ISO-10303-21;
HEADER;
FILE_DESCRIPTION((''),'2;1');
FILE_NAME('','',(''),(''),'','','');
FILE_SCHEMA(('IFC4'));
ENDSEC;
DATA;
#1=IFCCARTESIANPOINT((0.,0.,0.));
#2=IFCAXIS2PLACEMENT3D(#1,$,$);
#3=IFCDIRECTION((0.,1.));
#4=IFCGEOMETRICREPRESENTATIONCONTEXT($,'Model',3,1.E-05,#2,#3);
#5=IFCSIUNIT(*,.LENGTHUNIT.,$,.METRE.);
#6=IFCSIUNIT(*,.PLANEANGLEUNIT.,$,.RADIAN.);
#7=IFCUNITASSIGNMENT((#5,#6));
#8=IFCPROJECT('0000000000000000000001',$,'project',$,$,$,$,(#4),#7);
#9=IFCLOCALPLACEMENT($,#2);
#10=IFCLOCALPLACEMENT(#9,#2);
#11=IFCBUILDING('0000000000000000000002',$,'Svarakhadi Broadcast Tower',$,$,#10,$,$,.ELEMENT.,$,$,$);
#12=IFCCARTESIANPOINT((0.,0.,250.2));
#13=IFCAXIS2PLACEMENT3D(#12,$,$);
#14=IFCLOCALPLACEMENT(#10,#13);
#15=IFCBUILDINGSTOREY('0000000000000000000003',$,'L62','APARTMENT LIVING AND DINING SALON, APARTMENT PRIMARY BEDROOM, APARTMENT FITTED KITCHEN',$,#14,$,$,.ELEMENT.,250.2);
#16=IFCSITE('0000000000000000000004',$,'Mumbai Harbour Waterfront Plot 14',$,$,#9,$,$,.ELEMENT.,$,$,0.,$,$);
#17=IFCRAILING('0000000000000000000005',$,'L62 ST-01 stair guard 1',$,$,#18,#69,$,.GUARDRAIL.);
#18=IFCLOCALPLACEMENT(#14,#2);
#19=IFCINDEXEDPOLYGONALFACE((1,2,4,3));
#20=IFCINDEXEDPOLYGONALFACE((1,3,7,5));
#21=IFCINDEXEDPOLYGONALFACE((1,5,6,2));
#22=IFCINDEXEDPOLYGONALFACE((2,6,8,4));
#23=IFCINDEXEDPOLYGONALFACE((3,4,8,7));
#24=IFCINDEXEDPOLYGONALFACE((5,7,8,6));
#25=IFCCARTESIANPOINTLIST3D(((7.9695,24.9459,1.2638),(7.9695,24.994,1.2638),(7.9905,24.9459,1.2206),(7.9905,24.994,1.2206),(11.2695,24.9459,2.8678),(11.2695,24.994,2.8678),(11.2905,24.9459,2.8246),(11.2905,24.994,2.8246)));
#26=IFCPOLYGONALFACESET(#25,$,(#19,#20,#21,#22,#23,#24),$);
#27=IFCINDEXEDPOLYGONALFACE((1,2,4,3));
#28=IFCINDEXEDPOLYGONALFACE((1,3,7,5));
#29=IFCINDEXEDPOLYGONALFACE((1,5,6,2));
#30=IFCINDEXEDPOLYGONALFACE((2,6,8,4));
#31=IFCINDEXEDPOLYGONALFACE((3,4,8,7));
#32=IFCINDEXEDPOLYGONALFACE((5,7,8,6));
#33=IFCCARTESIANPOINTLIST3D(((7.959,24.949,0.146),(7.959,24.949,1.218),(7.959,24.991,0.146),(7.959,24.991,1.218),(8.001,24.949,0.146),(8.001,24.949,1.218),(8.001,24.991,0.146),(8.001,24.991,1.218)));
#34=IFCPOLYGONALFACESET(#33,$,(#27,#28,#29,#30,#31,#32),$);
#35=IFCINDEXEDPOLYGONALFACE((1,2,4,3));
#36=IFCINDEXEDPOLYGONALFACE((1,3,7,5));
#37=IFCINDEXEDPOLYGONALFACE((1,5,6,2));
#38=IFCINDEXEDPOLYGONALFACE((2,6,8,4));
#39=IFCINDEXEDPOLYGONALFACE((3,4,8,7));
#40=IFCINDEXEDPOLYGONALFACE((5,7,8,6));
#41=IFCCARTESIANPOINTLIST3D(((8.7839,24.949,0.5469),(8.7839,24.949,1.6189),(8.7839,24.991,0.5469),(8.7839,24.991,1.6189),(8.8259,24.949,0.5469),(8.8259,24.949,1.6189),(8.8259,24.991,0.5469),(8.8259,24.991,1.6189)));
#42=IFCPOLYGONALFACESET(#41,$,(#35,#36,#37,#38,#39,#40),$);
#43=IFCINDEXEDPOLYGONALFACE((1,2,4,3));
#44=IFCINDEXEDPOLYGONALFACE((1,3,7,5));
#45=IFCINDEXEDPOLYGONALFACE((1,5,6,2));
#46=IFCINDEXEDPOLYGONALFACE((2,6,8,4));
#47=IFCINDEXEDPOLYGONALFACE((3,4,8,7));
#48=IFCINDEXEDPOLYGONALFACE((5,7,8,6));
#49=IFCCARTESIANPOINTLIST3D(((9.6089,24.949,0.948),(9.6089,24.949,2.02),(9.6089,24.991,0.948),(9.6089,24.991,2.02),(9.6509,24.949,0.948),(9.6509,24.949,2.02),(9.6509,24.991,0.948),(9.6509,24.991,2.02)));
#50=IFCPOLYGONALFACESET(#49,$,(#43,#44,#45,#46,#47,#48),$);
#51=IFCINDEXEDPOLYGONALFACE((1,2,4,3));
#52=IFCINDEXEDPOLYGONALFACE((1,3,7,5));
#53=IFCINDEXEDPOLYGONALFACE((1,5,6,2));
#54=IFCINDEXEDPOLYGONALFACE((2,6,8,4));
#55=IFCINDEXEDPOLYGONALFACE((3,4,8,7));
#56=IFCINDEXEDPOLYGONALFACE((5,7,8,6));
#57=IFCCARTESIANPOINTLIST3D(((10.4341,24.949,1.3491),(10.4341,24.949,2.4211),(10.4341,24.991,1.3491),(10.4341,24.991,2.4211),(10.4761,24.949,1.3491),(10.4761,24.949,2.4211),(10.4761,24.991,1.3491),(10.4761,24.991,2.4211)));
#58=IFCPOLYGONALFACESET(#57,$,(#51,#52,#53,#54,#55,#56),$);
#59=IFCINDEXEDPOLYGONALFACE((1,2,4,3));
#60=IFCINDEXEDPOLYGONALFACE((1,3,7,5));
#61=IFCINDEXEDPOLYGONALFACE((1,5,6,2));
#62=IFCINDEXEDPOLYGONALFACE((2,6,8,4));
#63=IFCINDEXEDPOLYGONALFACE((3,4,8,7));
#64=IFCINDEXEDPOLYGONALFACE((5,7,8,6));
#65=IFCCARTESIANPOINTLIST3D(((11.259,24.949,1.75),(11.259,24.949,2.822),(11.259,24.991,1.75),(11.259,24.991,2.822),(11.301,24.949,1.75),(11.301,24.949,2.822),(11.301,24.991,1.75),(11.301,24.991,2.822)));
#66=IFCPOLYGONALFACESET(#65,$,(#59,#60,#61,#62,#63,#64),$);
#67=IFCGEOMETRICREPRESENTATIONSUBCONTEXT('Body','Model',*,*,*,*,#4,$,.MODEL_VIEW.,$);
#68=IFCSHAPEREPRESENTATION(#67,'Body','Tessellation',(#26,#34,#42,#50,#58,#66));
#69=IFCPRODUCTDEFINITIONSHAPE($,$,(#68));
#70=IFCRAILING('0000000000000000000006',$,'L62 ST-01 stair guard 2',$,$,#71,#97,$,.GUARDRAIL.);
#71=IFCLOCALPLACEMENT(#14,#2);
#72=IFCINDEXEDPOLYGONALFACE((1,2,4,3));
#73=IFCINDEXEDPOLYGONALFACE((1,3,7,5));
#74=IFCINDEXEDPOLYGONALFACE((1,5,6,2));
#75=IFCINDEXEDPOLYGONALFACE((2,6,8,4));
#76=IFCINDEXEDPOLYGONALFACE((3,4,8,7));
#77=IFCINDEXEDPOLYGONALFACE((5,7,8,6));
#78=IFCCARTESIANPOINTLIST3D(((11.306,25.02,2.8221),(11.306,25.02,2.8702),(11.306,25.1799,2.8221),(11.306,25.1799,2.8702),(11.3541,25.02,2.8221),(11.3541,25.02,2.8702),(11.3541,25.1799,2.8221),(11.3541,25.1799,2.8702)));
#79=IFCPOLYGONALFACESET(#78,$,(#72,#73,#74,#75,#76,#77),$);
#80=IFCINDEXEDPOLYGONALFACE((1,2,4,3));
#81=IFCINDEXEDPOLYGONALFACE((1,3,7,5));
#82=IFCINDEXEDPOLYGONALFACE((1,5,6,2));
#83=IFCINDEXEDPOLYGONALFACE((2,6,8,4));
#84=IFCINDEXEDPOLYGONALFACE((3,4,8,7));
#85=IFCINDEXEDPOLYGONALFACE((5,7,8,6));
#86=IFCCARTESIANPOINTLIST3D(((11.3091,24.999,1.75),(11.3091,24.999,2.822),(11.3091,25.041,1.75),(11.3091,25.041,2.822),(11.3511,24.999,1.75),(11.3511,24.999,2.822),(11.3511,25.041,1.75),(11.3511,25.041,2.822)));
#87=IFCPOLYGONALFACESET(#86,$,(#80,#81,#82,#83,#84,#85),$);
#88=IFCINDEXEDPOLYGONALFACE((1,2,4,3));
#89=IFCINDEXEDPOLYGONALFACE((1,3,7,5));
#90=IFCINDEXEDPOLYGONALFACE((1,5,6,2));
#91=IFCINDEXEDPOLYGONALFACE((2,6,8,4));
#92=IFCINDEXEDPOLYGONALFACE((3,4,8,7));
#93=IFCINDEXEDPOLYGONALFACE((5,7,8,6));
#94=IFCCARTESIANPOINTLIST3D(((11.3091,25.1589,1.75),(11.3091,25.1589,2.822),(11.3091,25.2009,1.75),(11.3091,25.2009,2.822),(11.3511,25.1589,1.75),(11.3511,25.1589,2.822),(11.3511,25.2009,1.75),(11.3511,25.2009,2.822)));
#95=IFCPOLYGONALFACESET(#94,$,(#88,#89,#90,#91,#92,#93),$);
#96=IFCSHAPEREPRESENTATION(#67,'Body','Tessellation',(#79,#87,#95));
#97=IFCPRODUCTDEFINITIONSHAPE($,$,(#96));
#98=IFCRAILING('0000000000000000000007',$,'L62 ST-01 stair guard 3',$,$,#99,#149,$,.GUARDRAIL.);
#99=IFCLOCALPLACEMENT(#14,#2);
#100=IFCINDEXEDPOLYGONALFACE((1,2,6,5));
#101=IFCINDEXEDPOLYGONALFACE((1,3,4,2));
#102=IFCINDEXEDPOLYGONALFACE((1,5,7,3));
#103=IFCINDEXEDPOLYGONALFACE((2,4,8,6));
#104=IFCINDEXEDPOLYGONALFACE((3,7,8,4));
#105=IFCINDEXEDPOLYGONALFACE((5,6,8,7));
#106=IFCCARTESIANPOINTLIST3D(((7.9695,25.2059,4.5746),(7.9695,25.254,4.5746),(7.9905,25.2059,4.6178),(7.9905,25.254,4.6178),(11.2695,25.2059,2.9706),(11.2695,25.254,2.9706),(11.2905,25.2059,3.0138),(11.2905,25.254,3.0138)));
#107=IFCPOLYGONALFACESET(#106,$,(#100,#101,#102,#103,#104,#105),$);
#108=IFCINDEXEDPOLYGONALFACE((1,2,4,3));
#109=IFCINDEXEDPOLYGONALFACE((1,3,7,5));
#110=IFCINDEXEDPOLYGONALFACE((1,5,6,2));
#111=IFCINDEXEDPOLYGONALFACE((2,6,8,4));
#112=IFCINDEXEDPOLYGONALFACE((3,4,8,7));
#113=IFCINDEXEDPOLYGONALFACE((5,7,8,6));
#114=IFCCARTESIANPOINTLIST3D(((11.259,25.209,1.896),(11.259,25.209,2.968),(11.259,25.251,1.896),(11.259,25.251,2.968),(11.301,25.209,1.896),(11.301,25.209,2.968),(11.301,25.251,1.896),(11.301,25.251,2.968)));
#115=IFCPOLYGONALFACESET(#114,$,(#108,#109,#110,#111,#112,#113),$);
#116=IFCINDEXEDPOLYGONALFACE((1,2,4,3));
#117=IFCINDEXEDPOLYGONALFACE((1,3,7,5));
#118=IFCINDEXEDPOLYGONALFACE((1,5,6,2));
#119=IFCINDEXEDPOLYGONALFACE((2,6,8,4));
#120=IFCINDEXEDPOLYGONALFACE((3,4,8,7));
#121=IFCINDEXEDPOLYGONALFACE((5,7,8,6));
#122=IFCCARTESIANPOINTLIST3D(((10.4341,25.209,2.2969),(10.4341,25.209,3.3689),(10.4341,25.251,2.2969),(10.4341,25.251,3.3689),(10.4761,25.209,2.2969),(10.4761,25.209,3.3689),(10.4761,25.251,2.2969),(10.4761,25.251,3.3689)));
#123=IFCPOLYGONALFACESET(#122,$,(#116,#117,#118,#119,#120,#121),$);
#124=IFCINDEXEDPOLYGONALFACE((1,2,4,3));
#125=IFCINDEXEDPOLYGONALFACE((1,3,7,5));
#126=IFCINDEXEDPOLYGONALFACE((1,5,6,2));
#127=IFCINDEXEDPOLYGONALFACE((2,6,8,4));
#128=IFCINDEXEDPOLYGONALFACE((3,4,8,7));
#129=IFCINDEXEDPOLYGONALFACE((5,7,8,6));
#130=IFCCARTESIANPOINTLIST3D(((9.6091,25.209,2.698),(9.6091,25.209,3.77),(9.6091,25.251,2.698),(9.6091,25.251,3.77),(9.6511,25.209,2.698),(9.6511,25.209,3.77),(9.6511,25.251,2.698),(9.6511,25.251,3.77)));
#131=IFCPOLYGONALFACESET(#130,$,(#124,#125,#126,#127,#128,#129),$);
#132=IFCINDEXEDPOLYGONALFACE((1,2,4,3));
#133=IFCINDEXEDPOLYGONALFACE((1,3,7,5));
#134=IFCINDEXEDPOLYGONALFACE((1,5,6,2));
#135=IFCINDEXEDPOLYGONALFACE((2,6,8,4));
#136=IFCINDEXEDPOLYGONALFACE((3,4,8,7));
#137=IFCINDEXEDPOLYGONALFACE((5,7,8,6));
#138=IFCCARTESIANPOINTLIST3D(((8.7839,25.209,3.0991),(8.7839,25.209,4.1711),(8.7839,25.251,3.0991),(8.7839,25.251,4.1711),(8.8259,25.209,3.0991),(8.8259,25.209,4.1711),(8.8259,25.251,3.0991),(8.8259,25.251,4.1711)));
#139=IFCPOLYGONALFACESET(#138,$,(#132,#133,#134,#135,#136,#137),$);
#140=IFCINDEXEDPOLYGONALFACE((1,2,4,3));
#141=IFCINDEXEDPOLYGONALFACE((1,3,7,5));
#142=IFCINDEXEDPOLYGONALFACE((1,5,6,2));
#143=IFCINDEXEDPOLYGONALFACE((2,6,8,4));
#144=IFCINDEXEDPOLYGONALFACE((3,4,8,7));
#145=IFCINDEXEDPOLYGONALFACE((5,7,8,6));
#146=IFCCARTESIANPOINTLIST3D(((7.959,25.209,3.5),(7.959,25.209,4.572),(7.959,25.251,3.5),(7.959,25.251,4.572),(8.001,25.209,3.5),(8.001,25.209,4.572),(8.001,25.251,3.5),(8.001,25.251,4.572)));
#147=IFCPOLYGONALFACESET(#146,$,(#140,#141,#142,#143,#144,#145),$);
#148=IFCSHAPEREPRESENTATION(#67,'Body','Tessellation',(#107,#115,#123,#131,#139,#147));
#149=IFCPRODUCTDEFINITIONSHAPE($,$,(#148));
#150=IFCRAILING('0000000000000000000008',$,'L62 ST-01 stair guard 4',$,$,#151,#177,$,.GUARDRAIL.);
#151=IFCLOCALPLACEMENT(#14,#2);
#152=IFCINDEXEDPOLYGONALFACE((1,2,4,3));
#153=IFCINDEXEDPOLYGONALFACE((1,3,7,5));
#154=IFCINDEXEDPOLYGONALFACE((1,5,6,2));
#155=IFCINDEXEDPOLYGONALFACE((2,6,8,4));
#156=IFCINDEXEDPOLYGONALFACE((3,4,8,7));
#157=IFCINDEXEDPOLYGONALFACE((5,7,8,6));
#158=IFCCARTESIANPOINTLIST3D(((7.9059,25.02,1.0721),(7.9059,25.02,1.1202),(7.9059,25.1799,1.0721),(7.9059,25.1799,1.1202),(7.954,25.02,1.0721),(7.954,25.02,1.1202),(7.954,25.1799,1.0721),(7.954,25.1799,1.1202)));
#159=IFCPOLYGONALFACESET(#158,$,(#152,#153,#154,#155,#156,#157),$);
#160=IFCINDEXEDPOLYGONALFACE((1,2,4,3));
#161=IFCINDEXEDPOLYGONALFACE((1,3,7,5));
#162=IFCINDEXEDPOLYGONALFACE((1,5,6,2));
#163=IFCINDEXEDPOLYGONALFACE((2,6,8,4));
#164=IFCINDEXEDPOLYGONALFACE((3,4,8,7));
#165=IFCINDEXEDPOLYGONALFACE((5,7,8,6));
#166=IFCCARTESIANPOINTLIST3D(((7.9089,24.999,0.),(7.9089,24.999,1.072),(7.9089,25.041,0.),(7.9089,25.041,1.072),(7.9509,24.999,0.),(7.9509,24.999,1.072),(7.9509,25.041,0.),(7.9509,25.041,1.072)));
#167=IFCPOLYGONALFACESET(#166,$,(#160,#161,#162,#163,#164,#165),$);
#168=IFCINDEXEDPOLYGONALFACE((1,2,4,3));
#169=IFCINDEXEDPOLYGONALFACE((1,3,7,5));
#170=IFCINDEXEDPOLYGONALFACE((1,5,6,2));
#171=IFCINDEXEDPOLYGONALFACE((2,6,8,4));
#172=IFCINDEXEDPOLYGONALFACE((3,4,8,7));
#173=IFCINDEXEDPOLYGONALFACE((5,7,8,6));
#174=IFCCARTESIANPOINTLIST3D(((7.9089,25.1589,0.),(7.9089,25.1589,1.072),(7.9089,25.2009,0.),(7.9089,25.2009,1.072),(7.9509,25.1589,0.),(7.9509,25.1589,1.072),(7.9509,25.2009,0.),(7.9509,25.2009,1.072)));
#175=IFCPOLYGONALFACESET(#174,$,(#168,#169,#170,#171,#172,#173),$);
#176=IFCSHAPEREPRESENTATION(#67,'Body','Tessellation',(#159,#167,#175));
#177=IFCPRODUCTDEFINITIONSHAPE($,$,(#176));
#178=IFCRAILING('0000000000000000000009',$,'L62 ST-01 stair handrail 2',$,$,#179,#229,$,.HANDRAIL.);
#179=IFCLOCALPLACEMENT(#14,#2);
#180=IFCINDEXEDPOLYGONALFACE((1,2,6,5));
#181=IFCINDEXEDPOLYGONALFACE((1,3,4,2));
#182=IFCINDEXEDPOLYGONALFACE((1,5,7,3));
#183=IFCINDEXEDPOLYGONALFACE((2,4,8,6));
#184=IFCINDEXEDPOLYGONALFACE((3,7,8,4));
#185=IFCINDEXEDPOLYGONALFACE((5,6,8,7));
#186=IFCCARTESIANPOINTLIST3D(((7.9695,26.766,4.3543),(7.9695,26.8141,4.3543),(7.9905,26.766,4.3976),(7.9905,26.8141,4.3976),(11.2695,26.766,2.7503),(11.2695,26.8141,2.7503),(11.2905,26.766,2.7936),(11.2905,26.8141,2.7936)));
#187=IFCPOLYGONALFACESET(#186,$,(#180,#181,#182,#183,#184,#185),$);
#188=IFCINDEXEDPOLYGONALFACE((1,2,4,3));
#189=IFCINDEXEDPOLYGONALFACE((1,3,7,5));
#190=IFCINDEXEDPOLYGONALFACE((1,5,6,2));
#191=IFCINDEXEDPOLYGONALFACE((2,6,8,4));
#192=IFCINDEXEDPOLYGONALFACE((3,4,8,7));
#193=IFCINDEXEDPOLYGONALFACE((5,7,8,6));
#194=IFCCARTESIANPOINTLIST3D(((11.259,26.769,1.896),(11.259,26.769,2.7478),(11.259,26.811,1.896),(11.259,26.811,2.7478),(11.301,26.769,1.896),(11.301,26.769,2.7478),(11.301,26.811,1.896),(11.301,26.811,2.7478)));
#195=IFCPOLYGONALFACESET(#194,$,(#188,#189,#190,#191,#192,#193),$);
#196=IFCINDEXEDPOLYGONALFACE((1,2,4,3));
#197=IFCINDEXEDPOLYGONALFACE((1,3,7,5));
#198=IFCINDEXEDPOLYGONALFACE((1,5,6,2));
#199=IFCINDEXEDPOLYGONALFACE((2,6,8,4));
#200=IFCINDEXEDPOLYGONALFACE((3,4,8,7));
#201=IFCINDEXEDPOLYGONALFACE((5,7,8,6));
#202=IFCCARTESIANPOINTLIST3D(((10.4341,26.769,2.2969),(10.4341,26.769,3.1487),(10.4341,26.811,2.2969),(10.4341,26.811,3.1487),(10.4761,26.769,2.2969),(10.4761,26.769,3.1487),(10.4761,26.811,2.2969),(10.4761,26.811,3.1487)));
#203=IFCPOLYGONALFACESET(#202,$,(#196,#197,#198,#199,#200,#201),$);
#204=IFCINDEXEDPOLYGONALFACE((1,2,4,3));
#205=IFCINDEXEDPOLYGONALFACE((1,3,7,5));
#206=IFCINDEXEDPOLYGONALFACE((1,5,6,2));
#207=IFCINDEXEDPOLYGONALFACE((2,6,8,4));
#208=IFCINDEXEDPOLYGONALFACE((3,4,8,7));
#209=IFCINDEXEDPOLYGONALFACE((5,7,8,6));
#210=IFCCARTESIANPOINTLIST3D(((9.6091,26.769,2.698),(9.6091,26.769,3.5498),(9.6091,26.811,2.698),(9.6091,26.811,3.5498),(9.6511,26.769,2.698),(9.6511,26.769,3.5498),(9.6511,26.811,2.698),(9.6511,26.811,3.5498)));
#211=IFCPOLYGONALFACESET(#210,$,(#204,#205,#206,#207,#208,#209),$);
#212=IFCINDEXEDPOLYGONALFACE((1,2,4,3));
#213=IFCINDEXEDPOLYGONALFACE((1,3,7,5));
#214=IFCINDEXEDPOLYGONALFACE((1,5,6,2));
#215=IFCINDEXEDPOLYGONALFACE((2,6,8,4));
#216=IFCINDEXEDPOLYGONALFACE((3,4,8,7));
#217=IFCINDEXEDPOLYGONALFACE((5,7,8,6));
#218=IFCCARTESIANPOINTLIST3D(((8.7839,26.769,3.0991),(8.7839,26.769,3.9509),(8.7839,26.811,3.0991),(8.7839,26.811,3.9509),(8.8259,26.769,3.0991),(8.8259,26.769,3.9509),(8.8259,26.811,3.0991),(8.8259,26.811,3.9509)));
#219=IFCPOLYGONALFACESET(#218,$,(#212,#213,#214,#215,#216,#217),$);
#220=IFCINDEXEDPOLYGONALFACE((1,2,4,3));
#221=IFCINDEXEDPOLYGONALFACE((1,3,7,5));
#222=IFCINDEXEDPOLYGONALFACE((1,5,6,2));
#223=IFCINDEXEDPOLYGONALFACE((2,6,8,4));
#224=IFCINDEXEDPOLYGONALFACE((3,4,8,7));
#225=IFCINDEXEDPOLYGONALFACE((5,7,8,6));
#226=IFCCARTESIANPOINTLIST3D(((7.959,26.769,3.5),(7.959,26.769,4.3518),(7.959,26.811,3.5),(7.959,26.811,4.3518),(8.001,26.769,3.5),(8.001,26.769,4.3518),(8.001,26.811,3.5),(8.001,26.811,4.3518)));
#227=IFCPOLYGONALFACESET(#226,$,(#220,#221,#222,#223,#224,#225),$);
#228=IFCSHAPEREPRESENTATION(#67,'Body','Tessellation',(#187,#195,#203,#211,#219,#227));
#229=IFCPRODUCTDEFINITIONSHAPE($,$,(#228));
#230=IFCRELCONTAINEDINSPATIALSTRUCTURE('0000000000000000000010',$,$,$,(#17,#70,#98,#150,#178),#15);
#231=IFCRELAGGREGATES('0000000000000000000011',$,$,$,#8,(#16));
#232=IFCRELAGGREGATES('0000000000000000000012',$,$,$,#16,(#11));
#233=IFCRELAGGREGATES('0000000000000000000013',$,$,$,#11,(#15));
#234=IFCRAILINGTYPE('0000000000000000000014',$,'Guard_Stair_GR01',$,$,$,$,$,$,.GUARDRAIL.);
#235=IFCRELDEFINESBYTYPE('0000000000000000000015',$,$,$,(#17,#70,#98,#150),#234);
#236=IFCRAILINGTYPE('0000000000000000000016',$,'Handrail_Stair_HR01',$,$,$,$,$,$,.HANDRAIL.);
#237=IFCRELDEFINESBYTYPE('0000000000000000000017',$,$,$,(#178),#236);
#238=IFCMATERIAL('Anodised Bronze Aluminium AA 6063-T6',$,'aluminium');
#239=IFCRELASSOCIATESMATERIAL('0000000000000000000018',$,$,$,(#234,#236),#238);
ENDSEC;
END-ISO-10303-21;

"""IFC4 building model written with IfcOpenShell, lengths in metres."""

from ifc_helpers import new_model, si_unit, direction, frame, origin, origin_2d, place, context, subcontext, project, spatial, rectangle, extrude, material, type_object, element, save


model = new_model("IFC4")

# Units and contexts
model_context = context("Model", 3, precision=1e-05, world=origin(), true_north=direction((0.0, 1.0)))
body_context = subcontext(model_context, "Body", "Model", "MODEL_VIEW")
ifc_project = project(units=[si_unit("LENGTHUNIT", "METRE"), si_unit("PLANEANGLEUNIT", "RADIAN")], contexts=[model_context])

# Site, building, storey
site_placement = place(None, origin())
site = spatial("IfcSite", under=ifc_project, at=site_placement, Name="Mumbai Harbour Waterfront Plot 14", CompositionType="ELEMENT", RefElevation=0.0)
building_placement = place(site_placement, origin())
building = spatial("IfcBuilding", under=site, at=building_placement, Name="Svarakhadi Broadcast Tower", CompositionType="ELEMENT")
storey_placement = place(building_placement, frame((0.0, 0.0, 250.2)))
storey = spatial("IfcBuildingStorey", under=building, at=storey_placement, Name="L62", Description="APARTMENT LIVING AND DINING SALON, APARTMENT PRIMARY BEDROOM, APARTMENT FITTED KITCHEN", CompositionType="ELEMENT", Elevation=250.2)

# Shared definitions
ifc_material_1 = material(Name="Anodised Bronze Aluminium AA 6063-T6", Category="aluminium")

# Railings
railing_type_1 = type_object("IfcRailingType", Name="Guard_Stair_GR01", PredefinedType="GUARDRAIL", material=ifc_material_1)
railing_1_placement = place(storey_placement, frame((7.98, 24.97, 0.146)))
element("IfcRailing", 1, at=railing_1_placement, inside=storey, type_object=railing_type_1, Name="L62 ST-01 stair guard 1", PredefinedType="GUARDRAIL", context=body_context, shape_type="SweptSolid", body=[
    extrude(rectangle(XDim=0.0481, YDim=0.0481, at=origin_2d()), frame((0.0, 0.0, 1.0962), z_axis=(0.899388, 0.0, 0.437152), x_axis=(0.0, 1.0, 0.0)), (0.0, 0.0, 1.0), 3.6692),
    extrude(rectangle(XDim=0.042, YDim=0.042, at=origin_2d()), origin(), (0.0, 0.0, 1.0), 1.072),
    extrude(rectangle(XDim=0.042, YDim=0.042, at=origin_2d()), frame((0.825, 0.0, 0.4009)), (0.0, 0.0, 1.0), 1.072),
    extrude(rectangle(XDim=0.042, YDim=0.042, at=origin_2d()), frame((1.6499, 0.0, 0.802)), (0.0, 0.0, 1.0), 1.072),
    extrude(rectangle(XDim=0.042, YDim=0.042, at=origin_2d()), frame((2.4751, 0.0, 1.2031)), (0.0, 0.0, 1.0), 1.072),
    extrude(rectangle(XDim=0.042, YDim=0.042, at=origin_2d()), frame((3.3, 0.0, 1.604)), (0.0, 0.0, 1.0), 1.072),
])
railing_2_placement = place(storey_placement, frame((11.3301, 25.02, 1.75)))
element("IfcRailing", 2, at=railing_2_placement, inside=storey, type_object=railing_type_1, Name="L62 ST-01 stair guard 2", PredefinedType="GUARDRAIL", context=body_context, shape_type="SweptSolid", body=[
    extrude(rectangle(XDim=0.0481, YDim=0.0481, at=origin_2d()), frame((0.0, 0.0, 1.0962), z_axis=(0.0, 1.0, 0.0), x_axis=(-1.0, 0.0, 0.0)), (0.0, 0.0, 1.0), 0.1599),
    extrude(rectangle(XDim=0.042, YDim=0.042, at=origin_2d()), origin(), (0.0, 0.0, 1.0), 1.072),
    extrude(rectangle(XDim=0.042, YDim=0.042, at=origin_2d()), frame((0.0, 0.1599, 0.0)), (0.0, 0.0, 1.0), 1.072),
])
railing_3_placement = place(storey_placement, frame((11.28, 25.23, 1.896)))
element("IfcRailing", 3, at=railing_3_placement, inside=storey, type_object=railing_type_1, Name="L62 ST-01 stair guard 3", PredefinedType="GUARDRAIL", context=body_context, shape_type="SweptSolid", body=[
    extrude(rectangle(XDim=0.0481, YDim=0.0481, at=origin_2d()), frame((0.0, 0.0, 1.0962), z_axis=(-0.899388, 0.0, 0.437152), x_axis=(0.0, -1.0, 0.0)), (0.0, 0.0, 1.0), 3.6692),
    extrude(rectangle(XDim=0.042, YDim=0.042, at=origin_2d()), origin(), (0.0, 0.0, 1.0), 1.072),
    extrude(rectangle(XDim=0.042, YDim=0.042, at=origin_2d()), frame((-0.825, 0.0, 0.4009)), (0.0, 0.0, 1.0), 1.072),
    extrude(rectangle(XDim=0.042, YDim=0.042, at=origin_2d()), frame((-1.6499, 0.0, 0.802)), (0.0, 0.0, 1.0), 1.072),
    extrude(rectangle(XDim=0.042, YDim=0.042, at=origin_2d()), frame((-2.4751, 0.0, 1.2031)), (0.0, 0.0, 1.0), 1.072),
    extrude(rectangle(XDim=0.042, YDim=0.042, at=origin_2d()), frame((-3.3, 0.0, 1.604)), (0.0, 0.0, 1.0), 1.072),
])
railing_4_placement = place(storey_placement, frame((7.9299, 25.02, 0.0)))
element("IfcRailing", 4, at=railing_4_placement, inside=storey, type_object=railing_type_1, Name="L62 ST-01 stair guard 4", PredefinedType="GUARDRAIL", context=body_context, shape_type="SweptSolid", body=[
    extrude(rectangle(XDim=0.0481, YDim=0.0481, at=origin_2d()), frame((0.0, 0.0, 1.0962), z_axis=(0.0, 1.0, 0.0), x_axis=(-1.0, 0.0, 0.0)), (0.0, 0.0, 1.0), 0.1599),
    extrude(rectangle(XDim=0.042, YDim=0.042, at=origin_2d()), origin(), (0.0, 0.0, 1.0), 1.072),
    extrude(rectangle(XDim=0.042, YDim=0.042, at=origin_2d()), frame((0.0, 0.1599, 0.0)), (0.0, 0.0, 1.0), 1.072),
])
railing_type_2 = type_object("IfcRailingType", Name="Handrail_Stair_HR01", PredefinedType="HANDRAIL", material=ifc_material_1)
railing_5_placement = place(storey_placement, frame((11.28, 26.79, 1.896)))
element("IfcRailing", 5, at=railing_5_placement, inside=storey, type_object=railing_type_2, Name="L62 ST-01 stair handrail 2", PredefinedType="HANDRAIL", context=body_context, shape_type="SweptSolid", body=[
    extrude(rectangle(XDim=0.0481, YDim=0.0481, at=origin_2d()), frame((0.0, 0.0, 0.876), z_axis=(-0.899388, 0.0, 0.437152), x_axis=(0.0, -1.0, 0.0)), (0.0, 0.0, 1.0), 3.6692),
    extrude(rectangle(XDim=0.042, YDim=0.042, at=origin_2d()), origin(), (0.0, 0.0, 1.0), 0.8518),
    extrude(rectangle(XDim=0.042, YDim=0.042, at=origin_2d()), frame((-0.825, 0.0, 0.4009)), (0.0, 0.0, 1.0), 0.8518),
    extrude(rectangle(XDim=0.042, YDim=0.042, at=origin_2d()), frame((-1.6499, 0.0, 0.802)), (0.0, 0.0, 1.0), 0.8518),
    extrude(rectangle(XDim=0.042, YDim=0.042, at=origin_2d()), frame((-2.4751, 0.0, 1.2031)), (0.0, 0.0, 1.0), 0.8518),
    extrude(rectangle(XDim=0.042, YDim=0.042, at=origin_2d()), frame((-3.3, 0.0, 1.604)), (0.0, 0.0, 1.0), 0.8518),
])

save(model, "model.ifc")
